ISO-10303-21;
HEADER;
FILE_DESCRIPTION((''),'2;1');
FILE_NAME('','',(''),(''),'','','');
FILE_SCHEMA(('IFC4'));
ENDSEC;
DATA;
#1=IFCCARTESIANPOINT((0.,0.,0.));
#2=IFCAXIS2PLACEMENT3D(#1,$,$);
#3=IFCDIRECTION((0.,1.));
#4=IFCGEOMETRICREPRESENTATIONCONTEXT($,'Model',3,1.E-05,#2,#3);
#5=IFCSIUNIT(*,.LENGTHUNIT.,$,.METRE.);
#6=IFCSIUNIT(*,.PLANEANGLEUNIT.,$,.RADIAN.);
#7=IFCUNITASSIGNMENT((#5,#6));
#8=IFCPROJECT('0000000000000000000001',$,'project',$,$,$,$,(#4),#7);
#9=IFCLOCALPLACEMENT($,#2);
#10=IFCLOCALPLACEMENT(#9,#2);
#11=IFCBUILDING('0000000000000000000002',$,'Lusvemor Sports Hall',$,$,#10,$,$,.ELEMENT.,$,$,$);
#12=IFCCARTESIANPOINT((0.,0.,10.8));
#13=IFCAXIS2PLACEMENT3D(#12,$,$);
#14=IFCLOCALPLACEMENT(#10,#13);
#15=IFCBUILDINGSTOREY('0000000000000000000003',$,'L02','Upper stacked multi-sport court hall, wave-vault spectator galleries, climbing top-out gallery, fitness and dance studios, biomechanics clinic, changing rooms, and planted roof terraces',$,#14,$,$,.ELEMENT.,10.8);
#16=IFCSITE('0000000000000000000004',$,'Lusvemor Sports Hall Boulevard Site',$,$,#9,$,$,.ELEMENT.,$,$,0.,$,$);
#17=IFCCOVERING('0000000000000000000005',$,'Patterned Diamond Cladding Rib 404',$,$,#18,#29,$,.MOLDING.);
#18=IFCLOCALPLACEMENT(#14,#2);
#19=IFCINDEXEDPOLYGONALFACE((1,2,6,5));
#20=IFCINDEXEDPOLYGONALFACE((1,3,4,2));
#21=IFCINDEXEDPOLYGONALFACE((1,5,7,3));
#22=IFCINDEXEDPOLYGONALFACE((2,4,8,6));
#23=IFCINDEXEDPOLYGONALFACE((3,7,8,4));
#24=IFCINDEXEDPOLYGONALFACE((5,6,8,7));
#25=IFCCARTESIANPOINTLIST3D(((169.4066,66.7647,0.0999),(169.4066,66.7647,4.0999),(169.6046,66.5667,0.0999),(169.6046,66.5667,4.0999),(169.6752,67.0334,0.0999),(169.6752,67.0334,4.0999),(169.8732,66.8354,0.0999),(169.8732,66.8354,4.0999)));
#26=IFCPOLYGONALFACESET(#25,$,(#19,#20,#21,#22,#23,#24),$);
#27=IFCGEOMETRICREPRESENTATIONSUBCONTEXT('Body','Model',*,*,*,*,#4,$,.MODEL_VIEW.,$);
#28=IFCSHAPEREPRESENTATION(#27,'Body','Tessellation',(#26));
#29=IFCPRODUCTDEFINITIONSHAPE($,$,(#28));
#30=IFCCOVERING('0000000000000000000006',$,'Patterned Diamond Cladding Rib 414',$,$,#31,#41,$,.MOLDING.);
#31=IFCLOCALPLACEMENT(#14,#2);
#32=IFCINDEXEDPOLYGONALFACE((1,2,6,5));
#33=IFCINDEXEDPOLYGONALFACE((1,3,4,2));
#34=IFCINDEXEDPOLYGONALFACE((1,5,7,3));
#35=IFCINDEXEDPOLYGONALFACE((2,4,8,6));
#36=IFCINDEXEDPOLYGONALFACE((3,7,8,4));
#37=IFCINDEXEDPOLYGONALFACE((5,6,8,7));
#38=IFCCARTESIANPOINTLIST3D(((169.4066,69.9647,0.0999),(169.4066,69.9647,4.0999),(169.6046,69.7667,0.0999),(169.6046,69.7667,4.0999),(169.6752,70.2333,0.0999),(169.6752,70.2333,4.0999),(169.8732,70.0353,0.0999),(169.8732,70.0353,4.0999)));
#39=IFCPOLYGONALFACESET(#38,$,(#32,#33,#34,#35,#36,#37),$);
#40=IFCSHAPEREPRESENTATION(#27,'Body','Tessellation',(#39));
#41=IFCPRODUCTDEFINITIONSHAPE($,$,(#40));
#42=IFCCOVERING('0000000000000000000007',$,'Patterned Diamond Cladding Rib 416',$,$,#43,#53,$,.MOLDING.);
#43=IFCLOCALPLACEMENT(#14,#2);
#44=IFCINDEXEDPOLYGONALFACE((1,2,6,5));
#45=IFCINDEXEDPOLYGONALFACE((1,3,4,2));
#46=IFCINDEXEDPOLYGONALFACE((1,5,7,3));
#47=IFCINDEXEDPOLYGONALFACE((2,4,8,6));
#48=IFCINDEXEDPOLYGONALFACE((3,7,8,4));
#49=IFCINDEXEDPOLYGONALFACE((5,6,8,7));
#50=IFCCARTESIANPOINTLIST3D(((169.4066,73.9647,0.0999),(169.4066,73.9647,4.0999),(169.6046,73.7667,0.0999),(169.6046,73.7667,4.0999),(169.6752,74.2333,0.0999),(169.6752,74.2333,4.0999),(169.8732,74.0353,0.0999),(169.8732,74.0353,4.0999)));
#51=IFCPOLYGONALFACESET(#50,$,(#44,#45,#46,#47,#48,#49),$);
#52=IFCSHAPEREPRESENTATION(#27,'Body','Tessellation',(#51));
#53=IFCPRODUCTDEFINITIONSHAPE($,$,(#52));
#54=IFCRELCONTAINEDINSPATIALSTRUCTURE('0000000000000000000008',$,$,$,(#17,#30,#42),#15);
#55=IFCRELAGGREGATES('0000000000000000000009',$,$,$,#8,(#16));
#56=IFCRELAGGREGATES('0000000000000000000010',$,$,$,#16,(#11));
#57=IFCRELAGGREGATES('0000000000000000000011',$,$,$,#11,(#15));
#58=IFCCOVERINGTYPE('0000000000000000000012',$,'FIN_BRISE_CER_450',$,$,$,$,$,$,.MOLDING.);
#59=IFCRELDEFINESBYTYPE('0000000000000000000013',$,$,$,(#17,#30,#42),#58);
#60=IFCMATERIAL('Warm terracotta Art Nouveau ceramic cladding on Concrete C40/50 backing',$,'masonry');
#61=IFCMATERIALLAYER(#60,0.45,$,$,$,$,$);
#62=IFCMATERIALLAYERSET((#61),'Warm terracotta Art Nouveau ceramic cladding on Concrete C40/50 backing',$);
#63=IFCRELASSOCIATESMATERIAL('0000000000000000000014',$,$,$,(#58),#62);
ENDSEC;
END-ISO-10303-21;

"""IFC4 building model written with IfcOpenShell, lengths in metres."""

from ifc_helpers import new_model, si_unit, direction, frame, origin, origin_2d, place, context, subcontext, project, spatial, rectangle, extrude, material, layer, layer_set, type_object, element, save


model = new_model("IFC4")

# Units and contexts
model_context = context("Model", 3, precision=1e-05, world=origin(), true_north=direction((0.0, 1.0)))
body_context = subcontext(model_context, "Body", "Model", "MODEL_VIEW")
ifc_project = project(units=[si_unit("LENGTHUNIT", "METRE"), si_unit("PLANEANGLEUNIT", "RADIAN")], contexts=[model_context])

# Site, building, storey
site_placement = place(None, origin())
site = spatial("IfcSite", under=ifc_project, at=site_placement, Name="Lusvemor Sports Hall Boulevard Site", CompositionType="ELEMENT", RefElevation=0.0)
building_placement = place(site_placement, origin())
building = spatial("IfcBuilding", under=site, at=building_placement, Name="Lusvemor Sports Hall", CompositionType="ELEMENT")
storey_placement = place(building_placement, frame((0.0, 0.0, 10.8)))
storey = spatial("IfcBuildingStorey", under=building, at=storey_placement, Name="L02", Description="Upper stacked multi-sport court hall, wave-vault spectator galleries, climbing top-out gallery, fitness and dance studios, biomechanics clinic, changing rooms, and planted roof terraces", CompositionType="ELEMENT", Elevation=10.8)

# Coverings
ifc_material_1 = material(Name="Warm terracotta Art Nouveau ceramic cladding on Concrete C40/50 backing", Category="masonry")
ifc_layer_1 = layer(ifc_material_1, 0.45)
ifc_layer_set_1 = layer_set([ifc_layer_1], Name="Warm terracotta Art Nouveau ceramic cladding on Concrete C40/50 backing")
covering_type_1 = type_object("IfcCoveringType", Name="FIN_BRISE_CER_450", PredefinedType="MOLDING", material=ifc_layer_set_1)
for number, where, z_axis, x_axis, name in (
    (1, (169.6399, 66.8, 0.0999), (0.0, 0.0, 1.0), (0.707107, 0.707107, 0.0), "Patterned Diamond Cladding Rib 404"),
    (2, (169.6399, 70.0, 0.0999), (0.0, 0.0, 1.0), (0.707107, 0.707107, 0.0), "Patterned Diamond Cladding Rib 414"),
    (3, (169.6399, 74.0, 0.0999), (0.0, 0.0, 1.0), (0.707107, 0.707107, 0.0), "Patterned Diamond Cladding Rib 416"),
):
    element("IfcCovering", number, at=place(storey_placement, frame(where, z_axis=z_axis, x_axis=x_axis)), inside=storey, type_object=covering_type_1, Name=name, PredefinedType="MOLDING", context=body_context, shape_type="SweptSolid", body=[
        extrude(rectangle(XDim=0.3799, YDim=0.28, at=origin_2d()), origin(), (0.0, 0.0, 1.0), 4.0),
    ])

save(model, "model.ifc")
